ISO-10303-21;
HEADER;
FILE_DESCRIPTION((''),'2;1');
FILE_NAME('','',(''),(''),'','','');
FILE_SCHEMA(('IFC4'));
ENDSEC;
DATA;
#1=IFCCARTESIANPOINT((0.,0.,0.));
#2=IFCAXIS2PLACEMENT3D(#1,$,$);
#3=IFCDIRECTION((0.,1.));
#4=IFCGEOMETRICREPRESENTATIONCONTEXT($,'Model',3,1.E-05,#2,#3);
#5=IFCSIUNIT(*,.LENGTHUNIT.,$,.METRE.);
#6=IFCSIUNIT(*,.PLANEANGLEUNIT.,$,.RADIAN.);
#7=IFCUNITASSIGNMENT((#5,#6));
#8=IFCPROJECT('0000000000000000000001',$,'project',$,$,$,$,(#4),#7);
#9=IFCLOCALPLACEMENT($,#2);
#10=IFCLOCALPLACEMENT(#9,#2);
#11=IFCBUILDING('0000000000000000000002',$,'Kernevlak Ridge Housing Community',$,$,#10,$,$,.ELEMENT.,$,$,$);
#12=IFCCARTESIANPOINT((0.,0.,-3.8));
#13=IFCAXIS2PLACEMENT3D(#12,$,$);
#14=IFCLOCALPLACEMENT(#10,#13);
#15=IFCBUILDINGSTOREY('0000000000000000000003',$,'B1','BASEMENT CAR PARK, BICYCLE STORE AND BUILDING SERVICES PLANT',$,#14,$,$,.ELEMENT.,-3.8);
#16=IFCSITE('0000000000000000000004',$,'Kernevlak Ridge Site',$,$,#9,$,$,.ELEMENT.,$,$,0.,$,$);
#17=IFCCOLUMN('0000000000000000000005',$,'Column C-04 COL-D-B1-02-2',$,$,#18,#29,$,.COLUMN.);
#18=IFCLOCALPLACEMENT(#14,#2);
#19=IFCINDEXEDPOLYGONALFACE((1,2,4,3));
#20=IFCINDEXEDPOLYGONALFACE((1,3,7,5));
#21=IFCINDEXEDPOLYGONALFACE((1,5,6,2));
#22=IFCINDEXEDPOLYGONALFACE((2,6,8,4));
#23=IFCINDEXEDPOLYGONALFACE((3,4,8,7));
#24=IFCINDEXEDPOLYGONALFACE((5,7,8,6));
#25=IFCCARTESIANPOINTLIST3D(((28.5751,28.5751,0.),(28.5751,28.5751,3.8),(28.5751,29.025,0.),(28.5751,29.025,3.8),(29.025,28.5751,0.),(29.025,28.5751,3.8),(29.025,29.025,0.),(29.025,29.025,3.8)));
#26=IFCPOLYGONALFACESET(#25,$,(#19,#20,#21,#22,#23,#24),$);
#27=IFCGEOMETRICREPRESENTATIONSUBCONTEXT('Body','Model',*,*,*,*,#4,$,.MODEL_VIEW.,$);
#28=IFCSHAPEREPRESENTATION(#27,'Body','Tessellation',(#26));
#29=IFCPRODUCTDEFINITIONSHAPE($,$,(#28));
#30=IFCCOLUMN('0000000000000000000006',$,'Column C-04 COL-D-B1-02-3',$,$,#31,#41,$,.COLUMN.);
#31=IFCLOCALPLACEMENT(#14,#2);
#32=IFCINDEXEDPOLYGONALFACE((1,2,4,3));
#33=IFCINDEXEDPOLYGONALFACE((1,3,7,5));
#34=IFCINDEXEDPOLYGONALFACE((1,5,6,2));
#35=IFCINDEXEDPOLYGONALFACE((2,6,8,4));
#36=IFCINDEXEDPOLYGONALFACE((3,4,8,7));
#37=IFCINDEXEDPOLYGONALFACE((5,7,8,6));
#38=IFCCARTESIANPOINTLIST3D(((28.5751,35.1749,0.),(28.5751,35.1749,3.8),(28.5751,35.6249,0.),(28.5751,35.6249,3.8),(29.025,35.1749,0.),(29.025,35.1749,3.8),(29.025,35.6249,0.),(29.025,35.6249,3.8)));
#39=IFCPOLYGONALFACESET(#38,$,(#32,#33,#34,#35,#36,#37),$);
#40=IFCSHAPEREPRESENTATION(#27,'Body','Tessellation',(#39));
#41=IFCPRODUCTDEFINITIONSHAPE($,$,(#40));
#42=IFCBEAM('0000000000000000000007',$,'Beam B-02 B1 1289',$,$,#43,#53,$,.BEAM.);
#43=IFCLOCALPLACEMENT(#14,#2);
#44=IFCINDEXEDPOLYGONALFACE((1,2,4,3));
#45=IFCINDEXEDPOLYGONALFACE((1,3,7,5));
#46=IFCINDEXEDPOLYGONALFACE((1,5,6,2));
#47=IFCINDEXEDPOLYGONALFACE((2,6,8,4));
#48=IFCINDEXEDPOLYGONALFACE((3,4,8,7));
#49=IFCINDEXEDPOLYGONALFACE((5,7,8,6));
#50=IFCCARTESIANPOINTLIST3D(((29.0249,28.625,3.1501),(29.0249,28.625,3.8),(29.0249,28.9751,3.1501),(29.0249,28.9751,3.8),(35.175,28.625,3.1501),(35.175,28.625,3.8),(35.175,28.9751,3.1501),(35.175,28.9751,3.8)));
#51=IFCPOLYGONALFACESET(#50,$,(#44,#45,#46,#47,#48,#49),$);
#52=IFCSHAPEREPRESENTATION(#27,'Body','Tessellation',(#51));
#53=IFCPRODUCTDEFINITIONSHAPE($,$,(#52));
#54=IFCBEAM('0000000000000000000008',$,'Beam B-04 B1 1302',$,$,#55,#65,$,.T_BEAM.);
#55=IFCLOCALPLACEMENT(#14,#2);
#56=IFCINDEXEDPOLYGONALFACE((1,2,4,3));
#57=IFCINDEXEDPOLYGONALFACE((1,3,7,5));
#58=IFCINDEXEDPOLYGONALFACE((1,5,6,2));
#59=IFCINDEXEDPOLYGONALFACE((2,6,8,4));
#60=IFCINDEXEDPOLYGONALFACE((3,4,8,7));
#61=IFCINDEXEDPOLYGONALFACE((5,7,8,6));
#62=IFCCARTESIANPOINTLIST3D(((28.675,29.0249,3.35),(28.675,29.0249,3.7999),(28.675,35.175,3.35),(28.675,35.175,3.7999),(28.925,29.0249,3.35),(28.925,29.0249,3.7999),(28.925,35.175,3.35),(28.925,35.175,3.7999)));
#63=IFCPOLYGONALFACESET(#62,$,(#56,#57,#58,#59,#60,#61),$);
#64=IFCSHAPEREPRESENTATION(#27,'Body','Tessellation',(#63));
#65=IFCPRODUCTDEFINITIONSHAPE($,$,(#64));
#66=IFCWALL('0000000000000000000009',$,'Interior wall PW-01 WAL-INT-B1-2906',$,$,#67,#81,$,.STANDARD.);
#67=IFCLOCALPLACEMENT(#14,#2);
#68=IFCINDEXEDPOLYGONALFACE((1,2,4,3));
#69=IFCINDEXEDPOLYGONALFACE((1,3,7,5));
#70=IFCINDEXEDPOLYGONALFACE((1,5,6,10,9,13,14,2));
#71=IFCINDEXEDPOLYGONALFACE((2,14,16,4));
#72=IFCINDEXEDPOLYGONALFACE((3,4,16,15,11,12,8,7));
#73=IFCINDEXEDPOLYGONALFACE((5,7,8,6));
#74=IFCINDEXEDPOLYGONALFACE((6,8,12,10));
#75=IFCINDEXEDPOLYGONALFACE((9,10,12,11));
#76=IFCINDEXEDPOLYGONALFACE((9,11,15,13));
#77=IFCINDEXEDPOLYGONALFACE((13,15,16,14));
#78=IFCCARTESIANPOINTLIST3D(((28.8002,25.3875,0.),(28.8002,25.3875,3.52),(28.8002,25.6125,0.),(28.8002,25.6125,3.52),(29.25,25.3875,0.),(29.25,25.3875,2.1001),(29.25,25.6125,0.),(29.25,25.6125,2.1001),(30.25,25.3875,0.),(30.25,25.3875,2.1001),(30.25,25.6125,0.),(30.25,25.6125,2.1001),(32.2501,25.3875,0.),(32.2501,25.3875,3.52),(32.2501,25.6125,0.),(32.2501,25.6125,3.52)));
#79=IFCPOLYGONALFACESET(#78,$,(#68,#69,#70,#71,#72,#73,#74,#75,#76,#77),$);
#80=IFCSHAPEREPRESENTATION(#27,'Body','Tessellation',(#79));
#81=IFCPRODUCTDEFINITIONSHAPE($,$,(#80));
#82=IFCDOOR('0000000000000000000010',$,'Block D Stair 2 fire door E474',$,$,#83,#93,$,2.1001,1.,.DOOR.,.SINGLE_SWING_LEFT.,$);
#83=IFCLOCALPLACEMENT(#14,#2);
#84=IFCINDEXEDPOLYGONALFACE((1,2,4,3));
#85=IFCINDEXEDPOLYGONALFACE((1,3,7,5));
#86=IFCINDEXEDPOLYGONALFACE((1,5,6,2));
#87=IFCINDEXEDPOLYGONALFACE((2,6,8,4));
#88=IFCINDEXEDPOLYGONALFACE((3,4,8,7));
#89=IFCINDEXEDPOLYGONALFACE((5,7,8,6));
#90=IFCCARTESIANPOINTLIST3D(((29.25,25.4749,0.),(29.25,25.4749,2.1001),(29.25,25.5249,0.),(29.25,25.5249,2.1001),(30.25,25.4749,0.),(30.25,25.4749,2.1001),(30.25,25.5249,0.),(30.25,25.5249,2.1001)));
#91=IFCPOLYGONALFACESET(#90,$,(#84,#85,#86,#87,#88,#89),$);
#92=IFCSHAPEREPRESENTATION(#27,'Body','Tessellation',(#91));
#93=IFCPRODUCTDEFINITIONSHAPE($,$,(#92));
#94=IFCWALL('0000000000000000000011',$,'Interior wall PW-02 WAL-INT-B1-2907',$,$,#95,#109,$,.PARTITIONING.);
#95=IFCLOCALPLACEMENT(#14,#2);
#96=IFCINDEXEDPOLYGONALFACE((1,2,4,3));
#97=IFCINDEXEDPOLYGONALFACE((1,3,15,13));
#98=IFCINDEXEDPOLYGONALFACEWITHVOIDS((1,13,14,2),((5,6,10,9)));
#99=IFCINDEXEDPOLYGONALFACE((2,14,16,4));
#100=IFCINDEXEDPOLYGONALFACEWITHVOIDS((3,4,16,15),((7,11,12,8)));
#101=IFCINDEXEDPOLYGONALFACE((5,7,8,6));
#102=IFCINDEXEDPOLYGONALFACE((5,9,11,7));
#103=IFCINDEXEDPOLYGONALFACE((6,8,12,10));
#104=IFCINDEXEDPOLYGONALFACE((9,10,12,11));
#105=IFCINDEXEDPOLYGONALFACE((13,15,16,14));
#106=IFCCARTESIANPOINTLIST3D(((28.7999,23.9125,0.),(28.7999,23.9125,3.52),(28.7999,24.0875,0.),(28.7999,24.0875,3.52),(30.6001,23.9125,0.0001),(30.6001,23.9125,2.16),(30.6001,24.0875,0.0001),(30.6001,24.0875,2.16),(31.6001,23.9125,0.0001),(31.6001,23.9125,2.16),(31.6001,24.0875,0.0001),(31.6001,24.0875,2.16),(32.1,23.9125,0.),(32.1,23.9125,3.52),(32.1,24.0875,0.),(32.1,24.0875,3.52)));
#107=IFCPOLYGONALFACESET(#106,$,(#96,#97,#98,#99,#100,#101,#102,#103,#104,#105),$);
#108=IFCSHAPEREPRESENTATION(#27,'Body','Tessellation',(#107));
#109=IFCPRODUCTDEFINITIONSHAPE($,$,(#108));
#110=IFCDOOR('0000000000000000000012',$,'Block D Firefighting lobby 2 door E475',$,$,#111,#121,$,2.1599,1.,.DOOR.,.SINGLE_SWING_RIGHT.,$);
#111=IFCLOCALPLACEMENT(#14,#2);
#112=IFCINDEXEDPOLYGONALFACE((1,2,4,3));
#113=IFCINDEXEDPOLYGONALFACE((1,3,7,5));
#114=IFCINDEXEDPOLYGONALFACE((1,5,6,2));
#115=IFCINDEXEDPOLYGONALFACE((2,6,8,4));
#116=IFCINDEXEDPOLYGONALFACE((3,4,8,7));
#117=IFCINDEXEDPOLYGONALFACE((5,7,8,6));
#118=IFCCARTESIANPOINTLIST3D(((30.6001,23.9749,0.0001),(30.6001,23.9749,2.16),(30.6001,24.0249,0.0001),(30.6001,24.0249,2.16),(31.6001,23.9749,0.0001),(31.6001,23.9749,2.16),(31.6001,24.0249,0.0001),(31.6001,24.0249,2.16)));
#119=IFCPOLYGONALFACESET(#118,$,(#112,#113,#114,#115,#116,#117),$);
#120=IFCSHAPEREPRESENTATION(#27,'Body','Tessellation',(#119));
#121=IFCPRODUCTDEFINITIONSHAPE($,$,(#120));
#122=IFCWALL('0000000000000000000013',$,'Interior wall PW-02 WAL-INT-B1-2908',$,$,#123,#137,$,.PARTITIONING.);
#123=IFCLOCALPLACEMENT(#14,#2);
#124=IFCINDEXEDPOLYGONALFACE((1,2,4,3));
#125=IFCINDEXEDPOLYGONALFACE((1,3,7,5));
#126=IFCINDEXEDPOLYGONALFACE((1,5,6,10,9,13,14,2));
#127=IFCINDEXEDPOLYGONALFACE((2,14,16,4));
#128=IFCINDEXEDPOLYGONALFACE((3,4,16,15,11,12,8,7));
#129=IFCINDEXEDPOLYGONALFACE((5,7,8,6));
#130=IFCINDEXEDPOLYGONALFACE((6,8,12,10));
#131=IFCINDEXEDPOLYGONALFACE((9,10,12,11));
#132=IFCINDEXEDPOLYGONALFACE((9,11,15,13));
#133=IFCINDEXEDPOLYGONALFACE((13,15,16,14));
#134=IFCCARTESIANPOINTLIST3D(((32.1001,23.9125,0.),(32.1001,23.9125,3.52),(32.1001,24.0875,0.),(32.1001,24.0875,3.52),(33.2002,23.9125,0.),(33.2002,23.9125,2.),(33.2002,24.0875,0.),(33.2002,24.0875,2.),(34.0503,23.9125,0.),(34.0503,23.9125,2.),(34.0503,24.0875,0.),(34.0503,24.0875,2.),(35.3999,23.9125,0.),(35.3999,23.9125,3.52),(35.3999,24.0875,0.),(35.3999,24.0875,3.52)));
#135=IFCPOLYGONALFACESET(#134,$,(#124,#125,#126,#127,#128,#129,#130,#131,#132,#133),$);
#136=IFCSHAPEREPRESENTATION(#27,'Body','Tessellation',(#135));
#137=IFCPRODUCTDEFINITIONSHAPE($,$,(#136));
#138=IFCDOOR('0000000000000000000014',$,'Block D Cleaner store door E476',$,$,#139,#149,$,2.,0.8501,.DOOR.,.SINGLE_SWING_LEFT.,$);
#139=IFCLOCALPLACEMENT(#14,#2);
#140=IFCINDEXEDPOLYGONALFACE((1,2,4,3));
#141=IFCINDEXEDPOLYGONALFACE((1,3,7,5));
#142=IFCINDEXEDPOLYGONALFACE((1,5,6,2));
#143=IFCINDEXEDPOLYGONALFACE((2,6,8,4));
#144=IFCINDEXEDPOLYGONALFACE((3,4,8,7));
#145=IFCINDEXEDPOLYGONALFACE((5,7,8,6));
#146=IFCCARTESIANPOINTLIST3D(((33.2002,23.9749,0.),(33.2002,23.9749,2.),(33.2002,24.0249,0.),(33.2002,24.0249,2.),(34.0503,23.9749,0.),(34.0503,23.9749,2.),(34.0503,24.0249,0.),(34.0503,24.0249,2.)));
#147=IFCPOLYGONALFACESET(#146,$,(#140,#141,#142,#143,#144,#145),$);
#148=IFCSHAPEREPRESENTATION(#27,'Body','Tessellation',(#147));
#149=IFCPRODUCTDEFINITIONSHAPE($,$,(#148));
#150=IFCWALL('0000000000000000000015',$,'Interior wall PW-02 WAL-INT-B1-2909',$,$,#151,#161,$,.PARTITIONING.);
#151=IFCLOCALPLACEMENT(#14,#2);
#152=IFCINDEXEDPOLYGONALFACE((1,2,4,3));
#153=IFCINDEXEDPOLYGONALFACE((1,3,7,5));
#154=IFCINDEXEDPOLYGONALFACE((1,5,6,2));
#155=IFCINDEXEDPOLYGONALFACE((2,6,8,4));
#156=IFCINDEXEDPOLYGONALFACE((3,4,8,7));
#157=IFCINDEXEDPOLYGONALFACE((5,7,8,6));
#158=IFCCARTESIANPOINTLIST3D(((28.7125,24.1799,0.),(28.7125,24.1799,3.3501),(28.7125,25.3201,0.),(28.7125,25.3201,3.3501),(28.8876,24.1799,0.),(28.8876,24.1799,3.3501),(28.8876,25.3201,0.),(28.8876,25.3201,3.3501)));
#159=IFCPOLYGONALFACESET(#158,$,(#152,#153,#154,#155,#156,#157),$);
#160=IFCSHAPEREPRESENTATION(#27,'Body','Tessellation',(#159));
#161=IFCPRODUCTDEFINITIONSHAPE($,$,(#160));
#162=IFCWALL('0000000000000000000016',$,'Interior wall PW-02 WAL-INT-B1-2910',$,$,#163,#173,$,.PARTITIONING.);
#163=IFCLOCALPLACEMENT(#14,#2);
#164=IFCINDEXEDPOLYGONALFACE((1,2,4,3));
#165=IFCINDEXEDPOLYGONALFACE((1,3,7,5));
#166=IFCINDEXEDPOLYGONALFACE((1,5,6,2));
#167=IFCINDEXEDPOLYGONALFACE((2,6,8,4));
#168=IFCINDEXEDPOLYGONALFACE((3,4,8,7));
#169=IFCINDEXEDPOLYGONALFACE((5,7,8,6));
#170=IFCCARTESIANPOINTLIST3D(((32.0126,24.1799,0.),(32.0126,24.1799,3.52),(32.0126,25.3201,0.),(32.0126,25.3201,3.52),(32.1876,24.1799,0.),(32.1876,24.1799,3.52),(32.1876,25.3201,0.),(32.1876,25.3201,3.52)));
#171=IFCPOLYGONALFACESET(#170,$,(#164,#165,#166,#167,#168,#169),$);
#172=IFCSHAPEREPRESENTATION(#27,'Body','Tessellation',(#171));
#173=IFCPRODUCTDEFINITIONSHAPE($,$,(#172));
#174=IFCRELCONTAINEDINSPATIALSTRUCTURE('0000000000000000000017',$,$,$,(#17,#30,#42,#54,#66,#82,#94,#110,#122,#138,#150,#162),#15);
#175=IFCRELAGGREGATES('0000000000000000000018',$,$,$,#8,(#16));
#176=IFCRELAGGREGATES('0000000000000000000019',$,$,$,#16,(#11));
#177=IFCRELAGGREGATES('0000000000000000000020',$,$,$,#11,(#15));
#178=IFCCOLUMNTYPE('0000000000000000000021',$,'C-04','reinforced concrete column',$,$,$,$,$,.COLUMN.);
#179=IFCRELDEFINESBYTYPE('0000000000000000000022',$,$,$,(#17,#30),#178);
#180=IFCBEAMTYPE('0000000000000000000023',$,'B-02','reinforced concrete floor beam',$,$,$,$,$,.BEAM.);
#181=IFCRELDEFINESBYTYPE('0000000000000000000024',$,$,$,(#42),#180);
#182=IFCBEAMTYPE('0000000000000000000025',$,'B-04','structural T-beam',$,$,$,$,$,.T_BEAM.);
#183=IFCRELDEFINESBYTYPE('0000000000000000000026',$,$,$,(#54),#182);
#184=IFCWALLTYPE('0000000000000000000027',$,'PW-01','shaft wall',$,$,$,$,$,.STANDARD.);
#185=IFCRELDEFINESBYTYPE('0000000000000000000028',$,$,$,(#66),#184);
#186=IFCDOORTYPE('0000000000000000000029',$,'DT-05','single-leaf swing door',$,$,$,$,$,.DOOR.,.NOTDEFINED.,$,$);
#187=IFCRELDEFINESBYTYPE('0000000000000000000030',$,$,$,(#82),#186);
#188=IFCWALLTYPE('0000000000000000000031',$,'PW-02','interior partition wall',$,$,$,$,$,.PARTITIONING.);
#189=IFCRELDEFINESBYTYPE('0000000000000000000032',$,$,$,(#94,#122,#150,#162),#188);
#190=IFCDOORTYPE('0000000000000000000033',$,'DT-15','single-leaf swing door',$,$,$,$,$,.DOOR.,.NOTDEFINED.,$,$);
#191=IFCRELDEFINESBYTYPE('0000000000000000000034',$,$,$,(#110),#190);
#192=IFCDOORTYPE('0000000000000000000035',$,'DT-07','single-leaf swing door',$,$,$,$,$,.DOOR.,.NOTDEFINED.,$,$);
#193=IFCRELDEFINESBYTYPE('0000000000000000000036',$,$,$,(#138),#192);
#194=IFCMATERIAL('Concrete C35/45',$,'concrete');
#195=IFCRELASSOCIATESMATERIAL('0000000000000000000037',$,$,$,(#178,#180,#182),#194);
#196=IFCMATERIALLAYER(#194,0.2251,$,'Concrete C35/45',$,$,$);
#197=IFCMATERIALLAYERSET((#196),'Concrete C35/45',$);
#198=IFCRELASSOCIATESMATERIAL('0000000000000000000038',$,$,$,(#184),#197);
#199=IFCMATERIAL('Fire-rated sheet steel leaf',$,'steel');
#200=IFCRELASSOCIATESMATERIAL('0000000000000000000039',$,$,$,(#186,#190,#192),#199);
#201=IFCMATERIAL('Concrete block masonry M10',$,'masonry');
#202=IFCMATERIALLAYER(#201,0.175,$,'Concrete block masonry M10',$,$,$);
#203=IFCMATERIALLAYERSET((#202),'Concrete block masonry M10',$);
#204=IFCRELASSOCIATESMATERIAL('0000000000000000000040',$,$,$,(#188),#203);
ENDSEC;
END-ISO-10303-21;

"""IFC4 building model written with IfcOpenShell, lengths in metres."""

from ifc_helpers import new_model, si_unit, direction, frame, frame_2d, origin, origin_2d, place, context, subcontext, project, spatial, rectangle, extrude, material, layer, layer_set, material_profile, profile_set, type_object, element, fill, save


model = new_model("IFC4")

# Units and contexts
model_context = context("Model", 3, precision=1e-05, world=origin(), true_north=direction((0.0, 1.0)))
body_context = subcontext(model_context, "Body", "Model", "MODEL_VIEW")
ifc_project = project(units=[si_unit("LENGTHUNIT", "METRE"), si_unit("PLANEANGLEUNIT", "RADIAN")], contexts=[model_context])

# Site, building, storey
site_placement = place(None, origin())
site = spatial("IfcSite", under=ifc_project, at=site_placement, Name="Kernevlak Ridge Site", CompositionType="ELEMENT", RefElevation=0.0)
building_placement = place(site_placement, origin())
building = spatial("IfcBuilding", under=site, at=building_placement, Name="Kernevlak Ridge Housing Community", CompositionType="ELEMENT")
storey_placement = place(building_placement, frame((0.0, 0.0, -3.8)))
storey = spatial("IfcBuildingStorey", under=building, at=storey_placement, Name="B1", Description="BASEMENT CAR PARK, BICYCLE STORE AND BUILDING SERVICES PLANT", CompositionType="ELEMENT", Elevation=-3.8)

# Shared definitions
ifc_material_1 = material(Name="Concrete C35/45", Category="concrete")

# Columns
ifc_material_profile_1 = material_profile(ifc_material_1, rectangle(XDim=0.45, YDim=0.45, at=origin_2d()), Name="RC 450x450")
ifc_profile_set_1 = profile_set([ifc_material_profile_1], Name="Concrete C35/45")
column_type = type_object("IfcColumnType", Name="C-04", Description="reinforced concrete column", PredefinedType="COLUMN", material=ifc_profile_set_1)
for number, where, z_axis, x_axis, name in (
    (1, (28.8, 28.8, 0.0), (0.0, 0.0, 1.0), (1.0, 0.0, 0.0), "Column C-04 COL-D-B1-02-2"),
    (2, (28.8, 35.3999, 0.0), (0.0, 0.0, 1.0), (1.0, 0.0, 0.0), "Column C-04 COL-D-B1-02-3"),
):
    element("IfcColumn", number, at=place(storey_placement, frame(where, z_axis=z_axis, x_axis=x_axis)), inside=storey, type_object=column_type, Name=name, PredefinedType="COLUMN", context=body_context, shape_type="SweptSolid", body=[
        extrude(rectangle(XDim=0.45, YDim=0.45, at=origin_2d()), origin(), (0.0, 0.0, 1.0), 3.8),
    ])

# Beams
ifc_material_profile_2 = material_profile(ifc_material_1, rectangle(XDim=0.3501, YDim=0.6499, at=origin_2d()), Name="RC 350x650")
ifc_profile_set_2 = profile_set([ifc_material_profile_2], Name="Concrete C35/45")
beam_type_1 = type_object("IfcBeamType", Name="B-02", Description="reinforced concrete floor beam", PredefinedType="BEAM", material=ifc_profile_set_2)
beam_1_placement = place(storey_placement, frame((29.0249, 28.8, 3.4751), z_axis=(1.0, 0.0, 0.0), x_axis=(0.0, 1.0, 0.0)))
element("IfcBeam", 3, at=beam_1_placement, inside=storey, type_object=beam_type_1, Name="Beam B-02 B1 1289", PredefinedType="BEAM", context=body_context, shape_type="SweptSolid", body=[
    extrude(rectangle(XDim=0.3501, YDim=0.6499, at=origin_2d()), origin(), (0.0, 0.0, 1.0), 6.1501),
])
ifc_material_profile_3 = material_profile(ifc_material_1, rectangle(XDim=0.25, YDim=0.45, at=origin_2d()), Name="RC 250x450")
ifc_profile_set_3 = profile_set([ifc_material_profile_3], Name="Concrete C35/45")
beam_type_2 = type_object("IfcBeamType", Name="B-04", Description="structural T-beam", PredefinedType="T_BEAM", material=ifc_profile_set_3)
beam_2_placement = place(storey_placement, frame((28.8, 29.0249, 3.575), z_axis=(0.0, 1.0, 0.0), x_axis=(-1.0, 0.0, 0.0)))
element("IfcBeam", 4, at=beam_2_placement, inside=storey, type_object=beam_type_2, Name="Beam B-04 B1 1302", PredefinedType="T_BEAM", context=body_context, shape_type="SweptSolid", body=[
    extrude(rectangle(XDim=0.25, YDim=0.45, at=origin_2d()), origin(), (0.0, 0.0, 1.0), 6.1501),
])

# Walls, openings, doors
ifc_layer_1 = layer(ifc_material_1, 0.2251, Name="Concrete C35/45")
ifc_layer_set_1 = layer_set([ifc_layer_1], Name="Concrete C35/45")
wall_type_1 = type_object("IfcWallType", Name="PW-01", Description="shaft wall", PredefinedType="STANDARD", material=ifc_layer_set_1)
wall_1_placement = place(storey_placement, frame((28.8, 25.5, 0.0), z_axis=(0.0, 0.0, 1.0), x_axis=(1.0, 0.0, 0.0)))
wall_1 = element("IfcWall", 5, at=wall_1_placement, inside=storey, type_object=wall_type_1, Name="Interior wall PW-01 WAL-INT-B1-2906", PredefinedType="STANDARD", context=body_context, shape_type="SweptSolid", body=[
    extrude(rectangle(XDim=3.45, YDim=0.2251, at=frame_2d((1.7251, 0.0))), origin(), (0.0, 0.0, 1.0), 3.52),
])
opening_1_placement = place(wall_1_placement, frame((0.45, 0.0, 0.0)))
opening_1 = element("IfcOpeningElement", 6, at=opening_1_placement, cuts=wall_1, PredefinedType="OPENING", context=body_context, shape_type="SweptSolid", body=[
    extrude(rectangle(XDim=1.0, YDim=2.1001, at=frame_2d((0.5, 1.05))), frame((0.0, 0.1226, 0.0), z_axis=(0.0, -1.0, 0.0), x_axis=(1.0, 0.0, 0.0)), (0.0, 0.0, 1.0), 0.2451),
])
ifc_material_2 = material(Name="Fire-rated sheet steel leaf", Category="steel")
door_type_1 = type_object("IfcDoorType", Name="DT-05", Description="single-leaf swing door", OperationType="NOTDEFINED", PredefinedType="DOOR", material=ifc_material_2)
door_1_placement = place(opening_1_placement, origin())
door_1 = element("IfcDoor", 7, at=door_1_placement, inside=storey, type_object=door_type_1, Name="Block D Stair 2 fire door E474", OperationType="SINGLE_SWING_LEFT", OverallHeight=2.1001, OverallWidth=1.0, PredefinedType="DOOR", context=body_context, shape_type="SweptSolid", body=[
    extrude(rectangle(XDim=1.0, YDim=2.1001, at=frame_2d((0.5, 1.05))), frame((0.0, 0.0249, 0.0), z_axis=(0.0, -1.0, 0.0), x_axis=(1.0, 0.0, 0.0)), (0.0, 0.0, 1.0), 0.05),
])
fill(opening_1, door_1)
ifc_material_3 = material(Name="Concrete block masonry M10", Category="masonry")
ifc_layer_2 = layer(ifc_material_3, 0.175, Name="Concrete block masonry M10")
ifc_layer_set_2 = layer_set([ifc_layer_2], Name="Concrete block masonry M10")
wall_type_2 = type_object("IfcWallType", Name="PW-02", Description="interior partition wall", PredefinedType="PARTITIONING", material=ifc_layer_set_2)
wall_2_placement = place(storey_placement, frame((28.8, 24.0, 0.0), z_axis=(0.0, 0.0, 1.0), x_axis=(1.0, 0.0, 0.0)))
wall_2 = element("IfcWall", 8, at=wall_2_placement, inside=storey, type_object=wall_type_2, Name="Interior wall PW-02 WAL-INT-B1-2907", PredefinedType="PARTITIONING", context=body_context, shape_type="SweptSolid", body=[
    extrude(rectangle(XDim=3.3, YDim=0.175, at=frame_2d((1.6499, 0.0))), origin(), (0.0, 0.0, 1.0), 3.52),
])
opening_2_placement = place(wall_2_placement, frame((1.8, 0.0, 0.0)))
opening_2 = element("IfcOpeningElement", 9, at=opening_2_placement, cuts=wall_2, PredefinedType="OPENING", context=body_context, shape_type="SweptSolid", body=[
    extrude(rectangle(XDim=1.0, YDim=2.1599, at=frame_2d((0.5, 1.0801))), frame((0.0, 0.0974, 0.0), z_axis=(0.0, -1.0, 0.0), x_axis=(1.0, 0.0, 0.0)), (0.0, 0.0, 1.0), 0.1951),
])
door_type_2 = type_object("IfcDoorType", Name="DT-15", Description="single-leaf swing door", OperationType="NOTDEFINED", PredefinedType="DOOR", material=ifc_material_2)
door_2_placement = place(opening_2_placement, origin())
door_2 = element("IfcDoor", 10, at=door_2_placement, inside=storey, type_object=door_type_2, Name="Block D Firefighting lobby 2 door E475", OperationType="SINGLE_SWING_RIGHT", OverallHeight=2.1599, OverallWidth=1.0, PredefinedType="DOOR", context=body_context, shape_type="SweptSolid", body=[
    extrude(rectangle(XDim=1.0, YDim=2.1599, at=frame_2d((0.5, 1.0801))), frame((0.0, 0.0249, 0.0), z_axis=(0.0, -1.0, 0.0), x_axis=(1.0, 0.0, 0.0)), (0.0, 0.0, 1.0), 0.05),
])
fill(opening_2, door_2)
wall_3_placement = place(storey_placement, frame((32.1001, 24.0, 0.0), z_axis=(0.0, 0.0, 1.0), x_axis=(1.0, 0.0, 0.0)))
wall_3 = element("IfcWall", 11, at=wall_3_placement, inside=storey, type_object=wall_type_2, Name="Interior wall PW-02 WAL-INT-B1-2908", PredefinedType="PARTITIONING", context=body_context, shape_type="SweptSolid", body=[
    extrude(rectangle(XDim=3.2998, YDim=0.175, at=frame_2d((1.6499, 0.0))), origin(), (0.0, 0.0, 1.0), 3.52),
])
opening_3_placement = place(wall_3_placement, frame((1.1001, 0.0, 0.0)))
opening_3 = element("IfcOpeningElement", 12, at=opening_3_placement, cuts=wall_3, PredefinedType="OPENING", context=body_context, shape_type="SweptSolid", body=[
    extrude(rectangle(XDim=0.8501, YDim=2.0, at=frame_2d((0.425, 1.0))), frame((0.0, 0.0974, 0.0), z_axis=(0.0, -1.0, 0.0), x_axis=(1.0, 0.0, 0.0)), (0.0, 0.0, 1.0), 0.1951),
])
door_type_3 = type_object("IfcDoorType", Name="DT-07", Description="single-leaf swing door", OperationType="NOTDEFINED", PredefinedType="DOOR", material=ifc_material_2)
door_3_placement = place(opening_3_placement, origin())
door_3 = element("IfcDoor", 13, at=door_3_placement, inside=storey, type_object=door_type_3, Name="Block D Cleaner store door E476", OperationType="SINGLE_SWING_LEFT", OverallHeight=2.0, OverallWidth=0.8501, PredefinedType="DOOR", context=body_context, shape_type="SweptSolid", body=[
    extrude(rectangle(XDim=0.8501, YDim=2.0, at=frame_2d((0.425, 1.0))), frame((0.0, 0.0249, 0.0), z_axis=(0.0, -1.0, 0.0), x_axis=(1.0, 0.0, 0.0)), (0.0, 0.0, 1.0), 0.05),
])
fill(opening_3, door_3)

# Walls
wall_4_placement = place(storey_placement, frame((28.8, 24.1799, 0.0), z_axis=(0.0, 0.0, 1.0), x_axis=(0.0, 1.0, 0.0)))
element("IfcWall", 14, at=wall_4_placement, inside=storey, type_object=wall_type_2, Name="Interior wall PW-02 WAL-INT-B1-2909", PredefinedType="PARTITIONING", context=body_context, shape_type="SweptSolid", body=[
    extrude(rectangle(XDim=1.1401, YDim=0.175, at=frame_2d((0.5701, 0.0))), origin(), (0.0, 0.0, 1.0), 3.3501),
])
wall_5_placement = place(storey_placement, frame((32.1001, 24.1799, 0.0), z_axis=(0.0, 0.0, 1.0), x_axis=(0.0, 1.0, 0.0)))
element("IfcWall", 15, at=wall_5_placement, inside=storey, type_object=wall_type_2, Name="Interior wall PW-02 WAL-INT-B1-2910", PredefinedType="PARTITIONING", context=body_context, shape_type="SweptSolid", body=[
    extrude(rectangle(XDim=1.1401, YDim=0.175, at=frame_2d((0.5701, 0.0))), origin(), (0.0, 0.0, 1.0), 3.52),
])

save(model, "model.ifc")
